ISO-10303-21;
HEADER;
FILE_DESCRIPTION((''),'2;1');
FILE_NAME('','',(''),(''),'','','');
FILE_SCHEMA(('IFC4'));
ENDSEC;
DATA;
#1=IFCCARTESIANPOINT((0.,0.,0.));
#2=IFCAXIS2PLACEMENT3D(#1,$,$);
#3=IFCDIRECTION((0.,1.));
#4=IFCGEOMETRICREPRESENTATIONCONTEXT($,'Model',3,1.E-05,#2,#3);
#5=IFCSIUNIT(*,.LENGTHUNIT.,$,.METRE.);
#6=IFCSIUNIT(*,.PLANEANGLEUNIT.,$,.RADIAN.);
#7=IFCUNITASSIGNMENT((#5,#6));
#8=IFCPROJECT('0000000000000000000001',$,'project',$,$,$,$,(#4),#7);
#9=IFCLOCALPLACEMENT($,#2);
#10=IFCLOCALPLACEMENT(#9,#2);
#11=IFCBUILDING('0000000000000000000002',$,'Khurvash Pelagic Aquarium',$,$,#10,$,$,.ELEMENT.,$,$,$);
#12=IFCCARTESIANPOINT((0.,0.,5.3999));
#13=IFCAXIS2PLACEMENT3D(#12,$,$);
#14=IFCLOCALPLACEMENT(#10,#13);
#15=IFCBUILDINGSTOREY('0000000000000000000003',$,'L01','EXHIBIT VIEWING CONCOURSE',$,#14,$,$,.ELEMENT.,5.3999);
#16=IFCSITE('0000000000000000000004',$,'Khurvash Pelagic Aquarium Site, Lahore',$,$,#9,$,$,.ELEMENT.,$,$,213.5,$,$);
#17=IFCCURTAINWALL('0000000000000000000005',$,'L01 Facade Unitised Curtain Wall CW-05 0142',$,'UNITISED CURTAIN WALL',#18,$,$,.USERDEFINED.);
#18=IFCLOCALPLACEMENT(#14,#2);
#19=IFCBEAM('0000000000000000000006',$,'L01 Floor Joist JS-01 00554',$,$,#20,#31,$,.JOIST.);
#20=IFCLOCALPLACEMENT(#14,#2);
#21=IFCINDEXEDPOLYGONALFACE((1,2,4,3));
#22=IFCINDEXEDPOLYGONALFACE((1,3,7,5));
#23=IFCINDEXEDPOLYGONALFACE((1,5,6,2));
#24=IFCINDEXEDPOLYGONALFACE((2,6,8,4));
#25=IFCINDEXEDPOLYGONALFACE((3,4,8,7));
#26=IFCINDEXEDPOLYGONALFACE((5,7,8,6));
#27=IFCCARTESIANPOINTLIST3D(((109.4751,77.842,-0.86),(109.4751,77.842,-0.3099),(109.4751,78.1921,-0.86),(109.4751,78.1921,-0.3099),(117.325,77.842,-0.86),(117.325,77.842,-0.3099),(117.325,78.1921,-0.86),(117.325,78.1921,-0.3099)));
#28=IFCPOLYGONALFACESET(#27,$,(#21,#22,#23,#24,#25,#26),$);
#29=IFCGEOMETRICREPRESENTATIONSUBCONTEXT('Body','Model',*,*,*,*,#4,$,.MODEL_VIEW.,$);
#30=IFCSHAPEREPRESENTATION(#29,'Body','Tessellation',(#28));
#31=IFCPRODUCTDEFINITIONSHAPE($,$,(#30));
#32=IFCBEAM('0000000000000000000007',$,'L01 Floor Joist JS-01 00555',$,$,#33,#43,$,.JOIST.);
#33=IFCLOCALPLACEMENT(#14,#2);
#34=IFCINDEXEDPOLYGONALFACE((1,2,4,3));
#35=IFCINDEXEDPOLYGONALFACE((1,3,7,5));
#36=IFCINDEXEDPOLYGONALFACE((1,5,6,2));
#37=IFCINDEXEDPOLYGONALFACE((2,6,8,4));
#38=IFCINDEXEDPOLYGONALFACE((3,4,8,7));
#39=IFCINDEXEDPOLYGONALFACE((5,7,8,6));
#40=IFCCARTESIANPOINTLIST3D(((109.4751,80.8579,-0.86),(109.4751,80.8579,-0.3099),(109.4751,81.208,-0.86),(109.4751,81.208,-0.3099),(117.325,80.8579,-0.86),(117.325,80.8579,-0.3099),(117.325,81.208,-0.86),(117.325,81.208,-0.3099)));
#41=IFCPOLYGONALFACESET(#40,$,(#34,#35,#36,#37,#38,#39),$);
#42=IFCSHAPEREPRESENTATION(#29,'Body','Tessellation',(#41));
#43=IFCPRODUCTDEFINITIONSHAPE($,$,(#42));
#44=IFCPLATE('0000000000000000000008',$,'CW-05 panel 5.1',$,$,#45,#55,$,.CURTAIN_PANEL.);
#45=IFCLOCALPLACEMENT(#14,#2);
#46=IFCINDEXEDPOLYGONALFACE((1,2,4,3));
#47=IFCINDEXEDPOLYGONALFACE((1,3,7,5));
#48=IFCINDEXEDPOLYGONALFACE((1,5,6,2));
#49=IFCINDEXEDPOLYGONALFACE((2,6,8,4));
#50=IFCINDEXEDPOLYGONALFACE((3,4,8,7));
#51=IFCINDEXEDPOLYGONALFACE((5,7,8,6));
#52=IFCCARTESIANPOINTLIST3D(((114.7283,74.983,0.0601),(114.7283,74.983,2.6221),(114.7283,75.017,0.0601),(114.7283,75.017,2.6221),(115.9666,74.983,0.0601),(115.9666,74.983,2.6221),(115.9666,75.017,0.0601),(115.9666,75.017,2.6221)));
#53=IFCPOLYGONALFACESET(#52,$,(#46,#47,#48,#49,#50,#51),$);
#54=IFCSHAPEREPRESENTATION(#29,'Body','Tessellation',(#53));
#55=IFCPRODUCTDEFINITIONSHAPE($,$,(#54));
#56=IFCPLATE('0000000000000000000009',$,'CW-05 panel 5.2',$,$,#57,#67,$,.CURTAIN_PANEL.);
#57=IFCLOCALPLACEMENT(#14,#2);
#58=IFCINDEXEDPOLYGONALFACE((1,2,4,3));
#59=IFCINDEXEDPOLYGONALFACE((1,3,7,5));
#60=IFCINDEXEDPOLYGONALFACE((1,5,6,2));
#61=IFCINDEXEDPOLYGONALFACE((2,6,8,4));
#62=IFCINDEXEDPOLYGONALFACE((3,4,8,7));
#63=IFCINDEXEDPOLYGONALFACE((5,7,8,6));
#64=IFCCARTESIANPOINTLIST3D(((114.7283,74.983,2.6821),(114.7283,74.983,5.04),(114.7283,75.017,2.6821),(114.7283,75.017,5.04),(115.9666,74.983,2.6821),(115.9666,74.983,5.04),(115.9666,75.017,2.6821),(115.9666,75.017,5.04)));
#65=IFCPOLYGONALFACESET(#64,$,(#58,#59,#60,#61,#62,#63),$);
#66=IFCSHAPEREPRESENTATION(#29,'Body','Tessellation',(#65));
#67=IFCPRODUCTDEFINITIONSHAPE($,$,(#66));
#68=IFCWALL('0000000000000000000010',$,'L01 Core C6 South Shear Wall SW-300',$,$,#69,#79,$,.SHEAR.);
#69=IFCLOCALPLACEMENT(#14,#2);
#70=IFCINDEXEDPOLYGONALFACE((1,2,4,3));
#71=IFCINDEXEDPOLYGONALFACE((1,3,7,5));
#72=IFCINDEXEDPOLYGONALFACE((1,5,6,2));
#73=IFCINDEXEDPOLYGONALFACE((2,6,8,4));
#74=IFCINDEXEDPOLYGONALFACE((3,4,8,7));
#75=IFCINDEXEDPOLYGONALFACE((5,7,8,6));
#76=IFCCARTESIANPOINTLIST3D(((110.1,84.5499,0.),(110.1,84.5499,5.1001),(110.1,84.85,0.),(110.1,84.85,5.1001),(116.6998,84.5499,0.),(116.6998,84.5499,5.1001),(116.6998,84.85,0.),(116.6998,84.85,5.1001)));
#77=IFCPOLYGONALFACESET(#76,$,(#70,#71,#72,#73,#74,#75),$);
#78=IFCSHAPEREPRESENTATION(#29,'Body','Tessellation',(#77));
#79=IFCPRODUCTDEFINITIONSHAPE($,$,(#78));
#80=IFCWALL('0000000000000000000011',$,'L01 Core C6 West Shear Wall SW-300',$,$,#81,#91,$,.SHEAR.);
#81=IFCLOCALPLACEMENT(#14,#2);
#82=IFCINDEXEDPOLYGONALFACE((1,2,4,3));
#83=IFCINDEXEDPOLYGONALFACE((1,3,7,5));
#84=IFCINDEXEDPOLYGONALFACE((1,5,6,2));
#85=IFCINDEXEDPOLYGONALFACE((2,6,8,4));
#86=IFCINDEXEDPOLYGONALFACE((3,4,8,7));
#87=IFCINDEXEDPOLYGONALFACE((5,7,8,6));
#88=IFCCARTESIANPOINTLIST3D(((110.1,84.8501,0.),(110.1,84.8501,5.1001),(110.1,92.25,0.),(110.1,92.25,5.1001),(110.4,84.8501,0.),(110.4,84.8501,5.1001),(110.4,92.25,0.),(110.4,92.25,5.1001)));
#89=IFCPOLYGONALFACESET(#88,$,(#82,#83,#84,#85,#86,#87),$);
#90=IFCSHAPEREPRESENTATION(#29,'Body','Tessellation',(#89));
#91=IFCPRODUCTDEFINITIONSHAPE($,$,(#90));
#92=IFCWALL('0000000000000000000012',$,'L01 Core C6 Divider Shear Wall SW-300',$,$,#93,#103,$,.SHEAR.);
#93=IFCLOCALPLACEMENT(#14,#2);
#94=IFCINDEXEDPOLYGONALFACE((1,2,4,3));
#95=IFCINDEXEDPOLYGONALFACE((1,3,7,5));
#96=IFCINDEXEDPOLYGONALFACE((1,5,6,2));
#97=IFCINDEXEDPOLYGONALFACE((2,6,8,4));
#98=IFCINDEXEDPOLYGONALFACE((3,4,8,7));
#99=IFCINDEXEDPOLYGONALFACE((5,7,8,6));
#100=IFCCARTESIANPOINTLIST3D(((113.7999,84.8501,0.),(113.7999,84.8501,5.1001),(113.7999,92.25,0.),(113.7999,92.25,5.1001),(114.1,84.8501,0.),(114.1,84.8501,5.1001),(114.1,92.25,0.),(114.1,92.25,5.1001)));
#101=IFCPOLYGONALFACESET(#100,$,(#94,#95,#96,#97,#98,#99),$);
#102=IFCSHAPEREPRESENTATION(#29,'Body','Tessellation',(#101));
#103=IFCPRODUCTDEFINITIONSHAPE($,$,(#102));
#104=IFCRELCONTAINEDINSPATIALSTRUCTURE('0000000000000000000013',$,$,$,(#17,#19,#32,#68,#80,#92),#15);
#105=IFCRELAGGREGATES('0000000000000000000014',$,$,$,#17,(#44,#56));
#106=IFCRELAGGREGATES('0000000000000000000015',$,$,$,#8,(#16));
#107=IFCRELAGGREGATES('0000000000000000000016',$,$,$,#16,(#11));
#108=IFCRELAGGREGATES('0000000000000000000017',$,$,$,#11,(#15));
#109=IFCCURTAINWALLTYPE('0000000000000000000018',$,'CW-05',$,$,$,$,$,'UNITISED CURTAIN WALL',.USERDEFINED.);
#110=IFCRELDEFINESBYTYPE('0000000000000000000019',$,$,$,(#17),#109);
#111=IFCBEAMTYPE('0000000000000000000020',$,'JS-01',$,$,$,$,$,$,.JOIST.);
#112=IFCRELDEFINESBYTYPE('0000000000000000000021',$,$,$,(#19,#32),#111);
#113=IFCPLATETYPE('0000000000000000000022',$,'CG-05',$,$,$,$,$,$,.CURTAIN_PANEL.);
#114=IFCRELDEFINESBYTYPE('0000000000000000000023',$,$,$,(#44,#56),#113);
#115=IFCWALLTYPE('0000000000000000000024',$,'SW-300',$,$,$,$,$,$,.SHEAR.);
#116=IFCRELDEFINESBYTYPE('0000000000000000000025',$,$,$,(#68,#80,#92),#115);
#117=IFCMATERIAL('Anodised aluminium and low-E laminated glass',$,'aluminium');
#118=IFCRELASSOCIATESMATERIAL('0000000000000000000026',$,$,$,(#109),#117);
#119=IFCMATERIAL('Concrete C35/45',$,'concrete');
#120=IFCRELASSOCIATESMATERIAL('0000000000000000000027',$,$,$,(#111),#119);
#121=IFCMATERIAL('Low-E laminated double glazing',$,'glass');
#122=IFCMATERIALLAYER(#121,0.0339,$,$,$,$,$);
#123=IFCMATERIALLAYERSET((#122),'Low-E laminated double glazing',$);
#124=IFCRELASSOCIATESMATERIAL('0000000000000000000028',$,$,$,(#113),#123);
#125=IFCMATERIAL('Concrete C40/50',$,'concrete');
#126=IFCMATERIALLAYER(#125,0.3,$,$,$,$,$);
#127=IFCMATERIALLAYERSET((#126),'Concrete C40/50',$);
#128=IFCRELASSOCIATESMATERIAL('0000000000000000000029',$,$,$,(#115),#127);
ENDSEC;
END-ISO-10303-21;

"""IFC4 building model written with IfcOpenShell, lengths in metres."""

from ifc_helpers import new_model, si_unit, direction, frame, frame_2d, origin, origin_2d, place, context, subcontext, project, spatial, rectangle, extrude, material, layer, layer_set, material_profile, profile_set, type_object, element, aggregate, save


model = new_model("IFC4")

# Units and contexts
model_context = context("Model", 3, precision=1e-05, world=origin(), true_north=direction((0.0, 1.0)))
body_context = subcontext(model_context, "Body", "Model", "MODEL_VIEW")
ifc_project = project(units=[si_unit("LENGTHUNIT", "METRE"), si_unit("PLANEANGLEUNIT", "RADIAN")], contexts=[model_context])

# Site, building, storey
site_placement = place(None, origin())
site = spatial("IfcSite", under=ifc_project, at=site_placement, Name="Khurvash Pelagic Aquarium Site, Lahore", CompositionType="ELEMENT", RefElevation=213.5)
building_placement = place(site_placement, origin())
building = spatial("IfcBuilding", under=site, at=building_placement, Name="Khurvash Pelagic Aquarium", CompositionType="ELEMENT")
storey_placement = place(building_placement, frame((0.0, 0.0, 5.3999)))
storey = spatial("IfcBuildingStorey", under=building, at=storey_placement, Name="L01", Description="EXHIBIT VIEWING CONCOURSE", CompositionType="ELEMENT", Elevation=5.3999)

# Shared definitions
ifc_material_1 = material(Name="Concrete C40/50", Category="concrete")

# Shared definitions
ifc_material_2 = material(Name="Concrete C35/45", Category="concrete")

# Curtain wall
ifc_material_3 = material(Name="Anodised aluminium and low-E laminated glass", Category="aluminium")
curtain_wall_type = type_object("IfcCurtainWallType", Name="CW-05", ElementType="UNITISED CURTAIN WALL", PredefinedType="USERDEFINED", material=ifc_material_3)
curtain_wall_placement = place(storey_placement, origin())
curtain_wall = element("IfcCurtainWall", 1, at=curtain_wall_placement, inside=storey, type_object=curtain_wall_type, Name="L01 Facade Unitised Curtain Wall CW-05 0142", ObjectType="UNITISED CURTAIN WALL", PredefinedType="USERDEFINED")

# Beams
ifc_material_profile_1 = material_profile(ifc_material_2, rectangle(XDim=0.3501, YDim=0.55, at=origin_2d()), Name="RC350X550")
ifc_profile_set_1 = profile_set([ifc_material_profile_1], Name="Concrete C35/45")
beam_type_1 = type_object("IfcBeamType", Name="JS-01", PredefinedType="JOIST", material=ifc_profile_set_1)
for number, where, z_axis, x_axis, name in (
    (2, (109.4751, 78.0171, -0.585), (1.0, 0.0, 0.0), (0.0, 1.0, 0.0), "L01 Floor Joist JS-01 00554"),
    (3, (109.4751, 81.033, -0.585), (1.0, 0.0, 0.0), (0.0, 1.0, 0.0), "L01 Floor Joist JS-01 00555"),
):
    element("IfcBeam", number, at=place(storey_placement, frame(where, z_axis=z_axis, x_axis=x_axis)), inside=storey, type_object=beam_type_1, Name=name, PredefinedType="JOIST", context=body_context, shape_type="SweptSolid", body=[
        extrude(rectangle(XDim=0.3501, YDim=0.55, at=origin_2d()), origin(), (0.0, 0.0, 1.0), 7.8499),
    ])

# Plates
ifc_material_4 = material(Name="Low-E laminated double glazing", Category="glass")
ifc_layer_1 = layer(ifc_material_4, 0.0339)
ifc_layer_set_1 = layer_set([ifc_layer_1], Name="Low-E laminated double glazing")
plate_type = type_object("IfcPlateType", Name="CG-05", PredefinedType="CURTAIN_PANEL", material=ifc_layer_set_1)
plate_1_placement = place(storey_placement, frame((115.3474, 75.0, 0.0601), z_axis=(0.0, 0.0, 1.0), x_axis=(1.0, 0.0, 0.0)))
plate_1 = element("IfcPlate", 4, at=plate_1_placement, type_object=plate_type, Name="CW-05 panel 5.1", PredefinedType="CURTAIN_PANEL", context=body_context, shape_type="SweptSolid", body=[
    extrude(rectangle(XDim=1.2383, YDim=0.0339, at=origin_2d()), origin(), (0.0, 0.0, 1.0), 2.562),
])
plate_2_placement = place(storey_placement, frame((115.3474, 75.0, 2.6821), z_axis=(0.0, 0.0, 1.0), x_axis=(1.0, 0.0, 0.0)))
plate_2 = element("IfcPlate", 5, at=plate_2_placement, type_object=plate_type, Name="CW-05 panel 5.2", PredefinedType="CURTAIN_PANEL", context=body_context, shape_type="SweptSolid", body=[
    extrude(rectangle(XDim=1.2383, YDim=0.0339, at=origin_2d()), origin(), (0.0, 0.0, 1.0), 2.3579),
])
aggregate(curtain_wall, [plate_1, plate_2])

# Walls
ifc_layer_2 = layer(ifc_material_1, 0.3)
ifc_layer_set_2 = layer_set([ifc_layer_2], Name="Concrete C40/50")
wall_type = type_object("IfcWallType", Name="SW-300", PredefinedType="SHEAR", material=ifc_layer_set_2)
wall_placement = place(storey_placement, frame((110.1001, 84.7, 0.0), z_axis=(0.0, 0.0, 1.0), x_axis=(1.0, 0.0, 0.0)))
element("IfcWall", 6, at=wall_placement, inside=storey, type_object=wall_type, Name="L01 Core C6 South Shear Wall SW-300", PredefinedType="SHEAR", context=body_context, shape_type="SweptSolid", body=[
    extrude(rectangle(XDim=6.5999, YDim=0.3, at=frame_2d((3.2998, 0.0))), origin(), (0.0, 0.0, 1.0), 5.1001),
])
for number, where, z_axis, x_axis, name in (
    (7, (110.25, 84.8501, 0.0), (0.0, 0.0, 1.0), (0.0, 1.0, 0.0), "L01 Core C6 West Shear Wall SW-300"),
    (8, (113.95, 84.8501, 0.0), (0.0, 0.0, 1.0), (0.0, 1.0, 0.0), "L01 Core C6 Divider Shear Wall SW-300"),
):
    element("IfcWall", number, at=place(storey_placement, frame(where, z_axis=z_axis, x_axis=x_axis)), inside=storey, type_object=wall_type, Name=name, PredefinedType="SHEAR", context=body_context, shape_type="SweptSolid", body=[
        extrude(rectangle(XDim=7.3999, YDim=0.3, at=frame_2d((3.7, 0.0))), origin(), (0.0, 0.0, 1.0), 5.1001),
    ])

save(model, "model.ifc")
